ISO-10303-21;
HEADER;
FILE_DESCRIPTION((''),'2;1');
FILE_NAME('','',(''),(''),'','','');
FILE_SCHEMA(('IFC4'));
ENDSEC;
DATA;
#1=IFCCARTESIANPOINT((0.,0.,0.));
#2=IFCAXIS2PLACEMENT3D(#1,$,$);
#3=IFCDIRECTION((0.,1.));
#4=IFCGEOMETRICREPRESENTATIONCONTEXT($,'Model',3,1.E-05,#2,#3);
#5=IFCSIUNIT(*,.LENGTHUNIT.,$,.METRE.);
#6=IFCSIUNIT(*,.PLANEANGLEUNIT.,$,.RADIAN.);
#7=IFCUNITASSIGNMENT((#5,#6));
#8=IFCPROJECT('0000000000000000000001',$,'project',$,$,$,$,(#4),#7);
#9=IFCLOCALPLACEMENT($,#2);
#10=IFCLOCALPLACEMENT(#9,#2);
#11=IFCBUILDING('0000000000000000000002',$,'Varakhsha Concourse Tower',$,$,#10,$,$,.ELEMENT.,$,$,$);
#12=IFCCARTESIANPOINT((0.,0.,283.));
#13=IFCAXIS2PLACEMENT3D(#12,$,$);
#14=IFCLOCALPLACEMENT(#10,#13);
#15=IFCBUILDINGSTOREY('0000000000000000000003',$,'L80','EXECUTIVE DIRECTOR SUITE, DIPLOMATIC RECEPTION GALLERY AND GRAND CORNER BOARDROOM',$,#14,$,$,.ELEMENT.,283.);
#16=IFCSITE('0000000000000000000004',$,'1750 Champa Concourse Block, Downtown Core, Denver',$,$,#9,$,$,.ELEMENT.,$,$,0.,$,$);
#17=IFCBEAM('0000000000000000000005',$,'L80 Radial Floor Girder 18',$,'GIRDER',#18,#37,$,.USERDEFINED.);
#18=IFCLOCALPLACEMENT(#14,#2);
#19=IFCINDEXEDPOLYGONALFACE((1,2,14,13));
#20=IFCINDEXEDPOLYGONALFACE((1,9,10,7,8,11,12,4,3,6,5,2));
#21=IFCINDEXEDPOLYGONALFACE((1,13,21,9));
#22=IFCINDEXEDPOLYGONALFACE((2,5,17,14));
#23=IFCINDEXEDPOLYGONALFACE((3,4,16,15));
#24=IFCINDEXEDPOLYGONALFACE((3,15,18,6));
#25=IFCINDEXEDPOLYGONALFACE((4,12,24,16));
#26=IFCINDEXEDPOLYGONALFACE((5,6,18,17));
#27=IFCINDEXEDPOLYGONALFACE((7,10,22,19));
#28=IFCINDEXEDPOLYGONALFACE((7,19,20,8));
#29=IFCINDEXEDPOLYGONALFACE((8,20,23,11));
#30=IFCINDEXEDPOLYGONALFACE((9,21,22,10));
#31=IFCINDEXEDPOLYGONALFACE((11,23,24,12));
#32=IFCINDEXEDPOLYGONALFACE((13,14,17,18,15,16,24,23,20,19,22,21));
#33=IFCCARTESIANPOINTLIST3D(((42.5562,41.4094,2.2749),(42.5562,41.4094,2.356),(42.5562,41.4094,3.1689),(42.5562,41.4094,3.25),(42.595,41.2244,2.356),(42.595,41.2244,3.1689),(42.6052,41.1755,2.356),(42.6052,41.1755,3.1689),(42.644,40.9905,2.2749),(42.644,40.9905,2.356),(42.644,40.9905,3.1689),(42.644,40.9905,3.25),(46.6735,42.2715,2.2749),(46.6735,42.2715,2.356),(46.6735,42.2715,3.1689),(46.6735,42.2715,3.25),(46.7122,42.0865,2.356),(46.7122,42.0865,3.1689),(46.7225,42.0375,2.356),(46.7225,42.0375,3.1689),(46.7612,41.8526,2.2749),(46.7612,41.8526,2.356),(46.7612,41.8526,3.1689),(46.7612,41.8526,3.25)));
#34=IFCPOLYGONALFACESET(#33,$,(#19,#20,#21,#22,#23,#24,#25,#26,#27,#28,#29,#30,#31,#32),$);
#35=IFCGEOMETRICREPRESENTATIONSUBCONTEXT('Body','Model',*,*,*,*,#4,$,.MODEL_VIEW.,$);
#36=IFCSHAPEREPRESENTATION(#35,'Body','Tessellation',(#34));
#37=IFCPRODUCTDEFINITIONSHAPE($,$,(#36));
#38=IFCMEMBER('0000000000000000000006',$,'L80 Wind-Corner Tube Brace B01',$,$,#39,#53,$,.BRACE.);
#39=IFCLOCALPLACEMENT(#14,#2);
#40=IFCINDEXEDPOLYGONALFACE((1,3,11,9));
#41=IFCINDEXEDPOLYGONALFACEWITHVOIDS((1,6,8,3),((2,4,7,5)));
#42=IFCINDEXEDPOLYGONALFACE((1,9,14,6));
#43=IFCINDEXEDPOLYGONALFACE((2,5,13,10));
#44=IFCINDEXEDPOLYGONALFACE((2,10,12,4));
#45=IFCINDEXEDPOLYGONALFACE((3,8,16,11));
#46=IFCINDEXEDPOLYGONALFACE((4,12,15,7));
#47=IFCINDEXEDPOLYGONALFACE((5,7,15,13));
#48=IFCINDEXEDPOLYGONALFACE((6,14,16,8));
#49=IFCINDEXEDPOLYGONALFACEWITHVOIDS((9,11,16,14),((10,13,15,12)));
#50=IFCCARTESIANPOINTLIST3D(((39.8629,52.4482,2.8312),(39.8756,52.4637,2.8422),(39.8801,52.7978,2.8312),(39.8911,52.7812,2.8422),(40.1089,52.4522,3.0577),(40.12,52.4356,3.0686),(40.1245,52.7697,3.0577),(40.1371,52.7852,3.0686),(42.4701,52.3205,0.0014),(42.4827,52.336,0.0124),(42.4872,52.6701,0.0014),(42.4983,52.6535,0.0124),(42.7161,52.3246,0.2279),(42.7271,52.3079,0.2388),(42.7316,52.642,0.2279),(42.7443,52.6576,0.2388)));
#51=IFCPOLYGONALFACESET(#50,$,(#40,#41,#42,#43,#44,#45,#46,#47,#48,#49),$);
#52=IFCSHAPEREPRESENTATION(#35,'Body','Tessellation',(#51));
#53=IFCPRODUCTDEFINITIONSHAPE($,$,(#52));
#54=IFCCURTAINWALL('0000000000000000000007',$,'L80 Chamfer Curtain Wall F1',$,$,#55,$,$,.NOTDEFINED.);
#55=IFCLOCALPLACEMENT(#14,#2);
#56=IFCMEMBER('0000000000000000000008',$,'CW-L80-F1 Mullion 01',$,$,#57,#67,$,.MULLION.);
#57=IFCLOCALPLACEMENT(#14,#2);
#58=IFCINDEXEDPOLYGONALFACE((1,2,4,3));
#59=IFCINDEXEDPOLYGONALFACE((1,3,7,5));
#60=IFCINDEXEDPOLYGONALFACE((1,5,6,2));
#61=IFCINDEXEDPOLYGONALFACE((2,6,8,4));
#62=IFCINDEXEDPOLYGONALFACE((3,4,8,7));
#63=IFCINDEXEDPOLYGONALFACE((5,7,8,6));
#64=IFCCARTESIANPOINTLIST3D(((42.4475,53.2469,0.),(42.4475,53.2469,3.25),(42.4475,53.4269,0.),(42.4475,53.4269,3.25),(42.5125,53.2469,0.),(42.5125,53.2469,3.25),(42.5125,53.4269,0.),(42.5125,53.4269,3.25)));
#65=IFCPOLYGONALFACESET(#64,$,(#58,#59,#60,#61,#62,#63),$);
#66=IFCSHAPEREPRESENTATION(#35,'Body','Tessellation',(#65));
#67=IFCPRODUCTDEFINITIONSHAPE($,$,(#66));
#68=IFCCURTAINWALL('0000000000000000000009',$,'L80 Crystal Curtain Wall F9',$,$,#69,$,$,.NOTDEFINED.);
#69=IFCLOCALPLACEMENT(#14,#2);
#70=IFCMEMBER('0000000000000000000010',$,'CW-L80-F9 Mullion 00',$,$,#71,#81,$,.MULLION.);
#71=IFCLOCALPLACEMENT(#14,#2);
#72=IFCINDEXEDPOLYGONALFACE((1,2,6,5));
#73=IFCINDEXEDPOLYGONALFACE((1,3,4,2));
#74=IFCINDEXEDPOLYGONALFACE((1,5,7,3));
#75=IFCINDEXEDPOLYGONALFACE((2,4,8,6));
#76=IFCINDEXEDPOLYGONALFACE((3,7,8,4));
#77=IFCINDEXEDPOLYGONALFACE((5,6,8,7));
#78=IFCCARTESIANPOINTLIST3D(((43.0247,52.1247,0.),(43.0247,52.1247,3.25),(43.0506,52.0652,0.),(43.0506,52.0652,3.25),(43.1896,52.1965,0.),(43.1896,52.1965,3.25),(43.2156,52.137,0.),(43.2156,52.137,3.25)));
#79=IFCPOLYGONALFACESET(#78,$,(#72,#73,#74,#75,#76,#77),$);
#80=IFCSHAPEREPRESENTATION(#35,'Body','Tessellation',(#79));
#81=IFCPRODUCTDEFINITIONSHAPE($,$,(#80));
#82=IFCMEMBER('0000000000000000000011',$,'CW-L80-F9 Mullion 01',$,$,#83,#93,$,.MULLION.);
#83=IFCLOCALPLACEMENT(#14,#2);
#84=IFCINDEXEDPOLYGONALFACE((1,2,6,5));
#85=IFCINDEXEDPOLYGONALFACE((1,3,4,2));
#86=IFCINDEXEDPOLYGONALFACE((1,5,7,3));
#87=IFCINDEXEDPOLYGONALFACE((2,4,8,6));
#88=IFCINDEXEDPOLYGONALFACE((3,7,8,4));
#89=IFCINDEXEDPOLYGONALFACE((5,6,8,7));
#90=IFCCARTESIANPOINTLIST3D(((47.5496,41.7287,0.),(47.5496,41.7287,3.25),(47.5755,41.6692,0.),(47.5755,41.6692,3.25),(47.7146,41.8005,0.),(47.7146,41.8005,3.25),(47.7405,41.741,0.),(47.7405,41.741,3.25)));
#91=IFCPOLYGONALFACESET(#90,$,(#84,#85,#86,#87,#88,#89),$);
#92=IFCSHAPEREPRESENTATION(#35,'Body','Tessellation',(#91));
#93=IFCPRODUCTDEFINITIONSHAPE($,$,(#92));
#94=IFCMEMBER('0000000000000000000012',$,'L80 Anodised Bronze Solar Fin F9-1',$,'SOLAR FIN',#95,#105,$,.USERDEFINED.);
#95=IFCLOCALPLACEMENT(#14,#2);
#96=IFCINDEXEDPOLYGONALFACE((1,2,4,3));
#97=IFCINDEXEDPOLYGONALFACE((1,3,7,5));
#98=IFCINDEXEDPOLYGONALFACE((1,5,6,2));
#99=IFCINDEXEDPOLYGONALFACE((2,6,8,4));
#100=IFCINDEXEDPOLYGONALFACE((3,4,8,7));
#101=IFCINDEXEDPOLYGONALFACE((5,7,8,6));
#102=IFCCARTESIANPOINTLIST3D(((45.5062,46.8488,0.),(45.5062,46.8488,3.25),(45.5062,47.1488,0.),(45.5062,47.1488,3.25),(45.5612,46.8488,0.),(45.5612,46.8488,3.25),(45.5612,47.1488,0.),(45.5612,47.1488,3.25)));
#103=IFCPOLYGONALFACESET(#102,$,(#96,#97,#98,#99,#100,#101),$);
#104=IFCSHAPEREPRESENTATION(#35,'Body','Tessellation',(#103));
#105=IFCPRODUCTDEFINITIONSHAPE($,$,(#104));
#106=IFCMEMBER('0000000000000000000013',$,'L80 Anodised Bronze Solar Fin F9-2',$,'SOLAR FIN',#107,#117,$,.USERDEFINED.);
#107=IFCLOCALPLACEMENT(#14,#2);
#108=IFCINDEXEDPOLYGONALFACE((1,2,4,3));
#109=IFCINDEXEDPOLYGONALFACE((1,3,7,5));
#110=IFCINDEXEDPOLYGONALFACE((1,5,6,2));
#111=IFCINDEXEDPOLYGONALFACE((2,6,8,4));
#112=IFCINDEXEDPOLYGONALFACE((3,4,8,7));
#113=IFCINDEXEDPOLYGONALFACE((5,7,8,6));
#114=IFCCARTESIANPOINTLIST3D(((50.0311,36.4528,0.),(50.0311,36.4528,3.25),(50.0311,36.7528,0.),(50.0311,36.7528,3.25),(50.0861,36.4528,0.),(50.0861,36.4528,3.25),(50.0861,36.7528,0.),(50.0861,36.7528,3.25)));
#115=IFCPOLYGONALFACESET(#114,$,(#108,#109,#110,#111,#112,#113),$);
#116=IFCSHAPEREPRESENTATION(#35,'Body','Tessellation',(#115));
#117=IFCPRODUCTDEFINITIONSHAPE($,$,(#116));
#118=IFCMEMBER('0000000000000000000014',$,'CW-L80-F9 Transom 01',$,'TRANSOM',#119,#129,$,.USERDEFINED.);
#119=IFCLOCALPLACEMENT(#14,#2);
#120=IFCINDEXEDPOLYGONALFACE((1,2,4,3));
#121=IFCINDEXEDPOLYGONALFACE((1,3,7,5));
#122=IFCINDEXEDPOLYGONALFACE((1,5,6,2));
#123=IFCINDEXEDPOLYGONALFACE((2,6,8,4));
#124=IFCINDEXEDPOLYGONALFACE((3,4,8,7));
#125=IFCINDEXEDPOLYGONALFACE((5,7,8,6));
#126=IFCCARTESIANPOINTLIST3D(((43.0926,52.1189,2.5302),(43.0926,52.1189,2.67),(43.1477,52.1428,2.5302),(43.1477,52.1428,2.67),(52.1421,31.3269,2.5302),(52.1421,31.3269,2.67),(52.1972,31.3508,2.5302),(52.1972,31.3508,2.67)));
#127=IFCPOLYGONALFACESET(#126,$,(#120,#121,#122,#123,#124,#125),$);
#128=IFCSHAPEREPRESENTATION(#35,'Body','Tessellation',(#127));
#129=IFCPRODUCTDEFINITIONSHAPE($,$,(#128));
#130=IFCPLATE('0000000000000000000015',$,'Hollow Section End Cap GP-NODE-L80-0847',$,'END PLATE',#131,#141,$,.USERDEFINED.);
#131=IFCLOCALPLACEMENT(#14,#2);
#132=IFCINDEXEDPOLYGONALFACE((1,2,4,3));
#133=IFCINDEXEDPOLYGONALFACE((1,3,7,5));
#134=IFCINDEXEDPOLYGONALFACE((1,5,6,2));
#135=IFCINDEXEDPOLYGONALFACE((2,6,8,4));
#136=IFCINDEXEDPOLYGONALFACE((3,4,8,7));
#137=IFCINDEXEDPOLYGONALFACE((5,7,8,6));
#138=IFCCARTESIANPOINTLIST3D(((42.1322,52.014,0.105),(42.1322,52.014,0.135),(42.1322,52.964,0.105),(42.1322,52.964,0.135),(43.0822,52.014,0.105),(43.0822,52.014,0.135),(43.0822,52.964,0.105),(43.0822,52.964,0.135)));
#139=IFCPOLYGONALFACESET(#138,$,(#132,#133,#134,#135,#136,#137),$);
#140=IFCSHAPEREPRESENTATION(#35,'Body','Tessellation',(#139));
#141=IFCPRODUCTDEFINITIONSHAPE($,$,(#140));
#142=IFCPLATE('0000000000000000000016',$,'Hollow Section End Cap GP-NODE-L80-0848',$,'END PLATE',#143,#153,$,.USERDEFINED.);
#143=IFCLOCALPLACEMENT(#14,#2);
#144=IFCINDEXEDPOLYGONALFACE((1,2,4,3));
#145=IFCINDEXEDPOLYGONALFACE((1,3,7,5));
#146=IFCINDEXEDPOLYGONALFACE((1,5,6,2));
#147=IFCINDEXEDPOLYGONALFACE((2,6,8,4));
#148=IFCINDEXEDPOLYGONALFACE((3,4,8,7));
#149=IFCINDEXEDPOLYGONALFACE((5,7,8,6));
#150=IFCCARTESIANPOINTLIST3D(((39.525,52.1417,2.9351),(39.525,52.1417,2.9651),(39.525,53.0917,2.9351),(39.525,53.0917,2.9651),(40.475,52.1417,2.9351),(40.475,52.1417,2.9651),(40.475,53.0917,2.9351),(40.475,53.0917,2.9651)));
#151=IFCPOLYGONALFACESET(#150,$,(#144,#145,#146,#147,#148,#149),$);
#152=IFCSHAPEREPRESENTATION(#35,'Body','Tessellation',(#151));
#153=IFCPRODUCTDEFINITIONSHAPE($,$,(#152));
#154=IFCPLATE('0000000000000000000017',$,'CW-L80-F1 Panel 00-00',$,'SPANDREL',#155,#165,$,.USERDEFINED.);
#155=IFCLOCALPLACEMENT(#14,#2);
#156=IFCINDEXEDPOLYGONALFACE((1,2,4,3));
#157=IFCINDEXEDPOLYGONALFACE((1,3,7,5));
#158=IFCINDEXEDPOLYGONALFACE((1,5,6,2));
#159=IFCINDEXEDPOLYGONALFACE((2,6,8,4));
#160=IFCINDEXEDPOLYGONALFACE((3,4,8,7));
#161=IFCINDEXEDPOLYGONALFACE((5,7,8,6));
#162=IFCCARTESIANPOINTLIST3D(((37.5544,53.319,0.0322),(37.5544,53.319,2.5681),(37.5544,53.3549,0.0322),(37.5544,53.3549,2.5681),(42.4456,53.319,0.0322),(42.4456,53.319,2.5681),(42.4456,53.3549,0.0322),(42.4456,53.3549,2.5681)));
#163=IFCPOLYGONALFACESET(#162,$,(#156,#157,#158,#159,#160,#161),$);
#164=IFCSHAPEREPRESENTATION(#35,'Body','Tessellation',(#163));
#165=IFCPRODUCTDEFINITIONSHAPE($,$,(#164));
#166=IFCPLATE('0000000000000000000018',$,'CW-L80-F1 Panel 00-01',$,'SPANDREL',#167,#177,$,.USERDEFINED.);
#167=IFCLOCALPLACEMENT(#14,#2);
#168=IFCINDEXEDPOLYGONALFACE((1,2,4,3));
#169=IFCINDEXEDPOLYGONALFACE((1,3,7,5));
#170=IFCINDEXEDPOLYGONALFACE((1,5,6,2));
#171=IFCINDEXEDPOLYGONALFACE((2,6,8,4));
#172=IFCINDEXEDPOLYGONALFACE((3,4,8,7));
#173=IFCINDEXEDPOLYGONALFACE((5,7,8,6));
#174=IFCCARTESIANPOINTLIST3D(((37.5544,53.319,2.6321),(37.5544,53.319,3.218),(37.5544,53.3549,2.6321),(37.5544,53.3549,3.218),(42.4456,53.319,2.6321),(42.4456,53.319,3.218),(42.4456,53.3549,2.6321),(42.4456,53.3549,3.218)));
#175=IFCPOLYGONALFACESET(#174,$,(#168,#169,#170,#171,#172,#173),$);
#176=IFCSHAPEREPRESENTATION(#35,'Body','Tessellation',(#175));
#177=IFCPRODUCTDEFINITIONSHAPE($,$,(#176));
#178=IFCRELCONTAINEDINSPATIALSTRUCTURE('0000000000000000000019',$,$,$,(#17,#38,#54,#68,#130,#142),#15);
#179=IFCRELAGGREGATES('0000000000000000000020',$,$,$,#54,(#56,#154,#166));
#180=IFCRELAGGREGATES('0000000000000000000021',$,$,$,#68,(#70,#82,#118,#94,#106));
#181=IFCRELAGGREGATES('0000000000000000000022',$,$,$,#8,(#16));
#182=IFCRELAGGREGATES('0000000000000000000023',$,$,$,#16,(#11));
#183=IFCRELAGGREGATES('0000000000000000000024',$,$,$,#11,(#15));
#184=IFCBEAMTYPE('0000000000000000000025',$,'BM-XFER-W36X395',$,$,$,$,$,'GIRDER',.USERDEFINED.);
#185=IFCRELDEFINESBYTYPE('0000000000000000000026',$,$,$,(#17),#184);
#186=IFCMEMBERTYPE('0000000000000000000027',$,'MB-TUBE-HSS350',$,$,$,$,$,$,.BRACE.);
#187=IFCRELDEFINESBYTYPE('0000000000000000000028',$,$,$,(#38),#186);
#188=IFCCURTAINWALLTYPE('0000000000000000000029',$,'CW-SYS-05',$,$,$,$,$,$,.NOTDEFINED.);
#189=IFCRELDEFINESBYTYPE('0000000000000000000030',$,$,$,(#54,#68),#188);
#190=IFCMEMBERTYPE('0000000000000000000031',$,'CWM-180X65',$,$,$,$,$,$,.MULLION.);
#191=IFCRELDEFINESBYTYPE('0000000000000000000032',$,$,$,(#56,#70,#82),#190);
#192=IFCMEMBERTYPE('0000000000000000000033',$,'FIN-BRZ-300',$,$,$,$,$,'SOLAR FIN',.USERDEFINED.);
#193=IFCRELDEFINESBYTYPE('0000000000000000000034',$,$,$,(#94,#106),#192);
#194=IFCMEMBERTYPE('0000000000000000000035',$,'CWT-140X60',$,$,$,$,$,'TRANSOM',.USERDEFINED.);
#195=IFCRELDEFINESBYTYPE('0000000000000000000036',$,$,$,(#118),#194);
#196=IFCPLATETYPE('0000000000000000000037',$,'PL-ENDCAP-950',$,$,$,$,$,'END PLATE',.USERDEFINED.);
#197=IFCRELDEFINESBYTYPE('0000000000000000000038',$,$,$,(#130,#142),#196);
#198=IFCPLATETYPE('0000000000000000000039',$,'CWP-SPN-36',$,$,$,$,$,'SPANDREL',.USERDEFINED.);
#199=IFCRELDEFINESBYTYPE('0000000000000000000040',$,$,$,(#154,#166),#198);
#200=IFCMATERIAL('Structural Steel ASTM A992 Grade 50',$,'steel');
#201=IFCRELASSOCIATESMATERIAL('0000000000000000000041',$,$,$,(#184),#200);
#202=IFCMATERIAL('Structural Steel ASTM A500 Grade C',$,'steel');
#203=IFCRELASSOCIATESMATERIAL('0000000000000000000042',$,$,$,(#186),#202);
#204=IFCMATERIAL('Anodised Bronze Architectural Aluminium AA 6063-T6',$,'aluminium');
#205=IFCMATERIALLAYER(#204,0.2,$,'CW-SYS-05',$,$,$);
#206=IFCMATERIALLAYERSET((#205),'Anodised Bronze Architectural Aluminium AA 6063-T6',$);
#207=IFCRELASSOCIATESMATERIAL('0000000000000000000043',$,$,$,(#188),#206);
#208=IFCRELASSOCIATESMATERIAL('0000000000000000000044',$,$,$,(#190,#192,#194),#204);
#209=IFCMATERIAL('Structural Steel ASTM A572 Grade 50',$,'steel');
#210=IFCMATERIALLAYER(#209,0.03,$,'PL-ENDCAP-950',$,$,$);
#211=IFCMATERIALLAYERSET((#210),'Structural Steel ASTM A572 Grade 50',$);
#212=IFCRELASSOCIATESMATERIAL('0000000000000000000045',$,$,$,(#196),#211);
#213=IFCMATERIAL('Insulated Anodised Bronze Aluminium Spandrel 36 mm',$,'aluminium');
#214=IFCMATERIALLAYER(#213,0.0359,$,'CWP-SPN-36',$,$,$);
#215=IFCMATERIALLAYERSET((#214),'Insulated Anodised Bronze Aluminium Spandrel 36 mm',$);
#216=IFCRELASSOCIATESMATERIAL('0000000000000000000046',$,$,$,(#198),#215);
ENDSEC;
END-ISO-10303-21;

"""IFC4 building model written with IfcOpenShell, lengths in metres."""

from ifc_helpers import new_model, si_unit, direction, frame, origin, origin_2d, place, context, subcontext, project, spatial, rectangle, hollow_rectangle, i_section, extrude, source, transform, mapped, material, layer, layer_set, material_profile, profile_set, type_object, type_shapes, element, aggregate, save


model = new_model("IFC4")

# Units and contexts
model_context = context("Model", 3, precision=1e-05, world=origin(), true_north=direction((0.0, 1.0)))
body_context = subcontext(model_context, "Body", "Model", "MODEL_VIEW")
ifc_project = project(units=[si_unit("LENGTHUNIT", "METRE"), si_unit("PLANEANGLEUNIT", "RADIAN")], contexts=[model_context])

# Site, building, storey
site_placement = place(None, origin())
site = spatial("IfcSite", under=ifc_project, at=site_placement, Name="1750 Champa Concourse Block, Downtown Core, Denver", CompositionType="ELEMENT", RefElevation=0.0)
building_placement = place(site_placement, origin())
building = spatial("IfcBuilding", under=site, at=building_placement, Name="Varakhsha Concourse Tower", CompositionType="ELEMENT")
storey_placement = place(building_placement, frame((0.0, 0.0, 283.0)))
storey = spatial("IfcBuildingStorey", under=building, at=storey_placement, Name="L80", Description="EXECUTIVE DIRECTOR SUITE, DIPLOMATIC RECEPTION GALLERY AND GRAND CORNER BOARDROOM", CompositionType="ELEMENT", Elevation=283.0)

# Shared definitions
ifc_material_1 = material(Name="Structural Steel ASTM A992 Grade 50", Category="steel")
ifc_material_2 = material(Name="Structural Steel ASTM A572 Grade 50", Category="steel")

# Beam
ifc_material_profile_1 = material_profile(ifc_material_1, i_section(OverallWidth=0.428, OverallDepth=0.9751, WebThickness=0.05, FlangeThickness=0.0811, at=origin_2d()), Name="W36X395")
ifc_profile_set_1 = profile_set([ifc_material_profile_1], Name="Structural Steel ASTM A992 Grade 50")
beam_type_1 = type_object("IfcBeamType", Name="BM-XFER-W36X395", ElementType="GIRDER", PredefinedType="USERDEFINED", material=ifc_profile_set_1)
beam_1_placement = place(storey_placement, frame((42.6001, 41.2, 2.7625), z_axis=(0.978775, 0.204937, 0.0), x_axis=(-0.204937, 0.978775, 0.0)))
element("IfcBeam", 1, at=beam_1_placement, inside=storey, type_object=beam_type_1, Name="L80 Radial Floor Girder 18", ObjectType="GIRDER", PredefinedType="USERDEFINED", context=body_context, shape_type="SweptSolid", body=[
    extrude(i_section(OverallWidth=0.428, OverallDepth=0.9751, WebThickness=0.05, FlangeThickness=0.0811, at=origin_2d()), origin(), (0.0, 0.0, 1.0), 4.2065),
])

# Member
ifc_material_3 = material(Name="Structural Steel ASTM A500 Grade C", Category="steel")
ifc_material_profile_2 = material_profile(ifc_material_3, hollow_rectangle(XDim=0.3501, YDim=0.3501, WallThickness=0.0161, at=origin_2d()), Name="HSS 350x350x16")
ifc_profile_set_2 = profile_set([ifc_material_profile_2], Name="Structural Steel ASTM A500 Grade C")
member_type_1 = type_object("IfcMemberType", Name="MB-TUBE-HSS350", PredefinedType="BRACE", material=ifc_profile_set_2)
shared_shape_1 = source(origin(), body_context, "Body", "SweptSolid", [
    extrude(hollow_rectangle(XDim=0.3501, YDim=0.3501, WallThickness=0.0161, at=origin_2d()), origin(), (0.0, 0.0, 1.0), 3.8499),
])
type_shapes(member_type_1, [shared_shape_1])
member_1_placement = place(storey_placement, frame((42.6072, 52.489, 0.1201), z_axis=(-0.677209, 0.033166, 0.735043), x_axis=(-0.048916, -0.998803, 0.0)))
element("IfcMember", 2, at=member_1_placement, inside=storey, type_object=member_type_1, Name="L80 Wind-Corner Tube Brace B01", PredefinedType="BRACE", context=body_context, shape_type="MappedRepresentation", body=[
    mapped(shared_shape_1, transform((0.0, 0.0, 0.0), scale=1.0)),
])

# Curtain wall, member
ifc_material_4 = material(Name="Anodised Bronze Architectural Aluminium AA 6063-T6", Category="aluminium")
ifc_layer_1 = layer(ifc_material_4, 0.2, Name="CW-SYS-05")
ifc_layer_set_1 = layer_set([ifc_layer_1], Name="Anodised Bronze Architectural Aluminium AA 6063-T6")
curtain_wall_type = type_object("IfcCurtainWallType", Name="CW-SYS-05", PredefinedType="NOTDEFINED", material=ifc_layer_set_1)
curtain_wall_1_placement = place(storey_placement, origin())
curtain_wall_1 = element("IfcCurtainWall", 3, at=curtain_wall_1_placement, inside=storey, type_object=curtain_wall_type, Name="L80 Chamfer Curtain Wall F1", PredefinedType="NOTDEFINED")
ifc_material_profile_3 = material_profile(ifc_material_4, rectangle(XDim=0.0649, YDim=0.1799, at=origin_2d()), Name="CWM-180X65")
ifc_profile_set_3 = profile_set([ifc_material_profile_3], Name="Anodised Bronze Architectural Aluminium AA 6063-T6")
member_type_2 = type_object("IfcMemberType", Name="CWM-180X65", PredefinedType="MULLION", material=ifc_profile_set_3)
shared_shape_2 = source(origin(), body_context, "Body", "SweptSolid", [
    extrude(rectangle(XDim=0.0649, YDim=0.1799, at=origin_2d()), origin(), (0.0, 0.0, 1.0), 3.25),
])
type_shapes(member_type_2, [shared_shape_2])
member_2_placement = place(storey_placement, frame((42.48, 53.3369, 0.0), z_axis=(0.0, 0.0, 1.0), x_axis=(1.0, 0.0, 0.0)))
member_2 = element("IfcMember", 4, at=member_2_placement, type_object=member_type_2, Name="CW-L80-F1 Mullion 01", PredefinedType="MULLION", context=body_context, shape_type="MappedRepresentation", body=[
    mapped(shared_shape_2, transform((0.0, 0.0, 0.0), scale=1.0)),
])

# Curtain wall, members
curtain_wall_2_placement = place(storey_placement, origin())
curtain_wall_2 = element("IfcCurtainWall", 5, at=curtain_wall_2_placement, inside=storey, type_object=curtain_wall_type, Name="L80 Crystal Curtain Wall F9", PredefinedType="NOTDEFINED")
member_3_placement = place(storey_placement, frame((43.1201, 52.1309, 0.0), z_axis=(0.0, 0.0, 1.0), x_axis=(0.399084, -0.916915, 0.0)))
member_3 = element("IfcMember", 6, at=member_3_placement, type_object=member_type_2, Name="CW-L80-F9 Mullion 00", PredefinedType="MULLION", context=body_context, shape_type="MappedRepresentation", body=[
    mapped(shared_shape_2, transform((0.0, 0.0, 0.0), scale=1.0)),
])
member_4_placement = place(storey_placement, frame((47.645, 41.7349, 0.0), z_axis=(0.0, 0.0, 1.0), x_axis=(0.399084, -0.916915, 0.0)))
member_4 = element("IfcMember", 7, at=member_4_placement, type_object=member_type_2, Name="CW-L80-F9 Mullion 01", PredefinedType="MULLION", context=body_context, shape_type="MappedRepresentation", body=[
    mapped(shared_shape_2, transform((0.0, 0.0, 0.0), scale=1.0)),
])
ifc_material_profile_4 = material_profile(ifc_material_4, rectangle(XDim=0.0549, YDim=0.3, at=origin_2d()), Name="FIN-BRZ-300")
ifc_profile_set_4 = profile_set([ifc_material_profile_4], Name="Anodised Bronze Architectural Aluminium AA 6063-T6")
member_type_3 = type_object("IfcMemberType", Name="FIN-BRZ-300", ElementType="SOLAR FIN", PredefinedType="USERDEFINED", material=ifc_profile_set_4)
shared_shape_3 = source(origin(), body_context, "Body", "SweptSolid", [
    extrude(rectangle(XDim=0.0549, YDim=0.3, at=origin_2d()), origin(), (0.0, 0.0, 1.0), 3.25),
])
type_shapes(member_type_3, [shared_shape_3])
member_5_placement = place(storey_placement, frame((45.5337, 46.9988, 0.0), z_axis=(0.0, 0.0, 1.0), x_axis=(1.0, 0.0, 0.0)))
member_5 = element("IfcMember", 8, at=member_5_placement, type_object=member_type_3, Name="L80 Anodised Bronze Solar Fin F9-1", ObjectType="SOLAR FIN", PredefinedType="USERDEFINED", context=body_context, shape_type="MappedRepresentation", body=[
    mapped(shared_shape_3, transform((0.0, 0.0, 0.0), scale=1.0)),
])
member_6_placement = place(storey_placement, frame((50.0586, 36.6028, 0.0), z_axis=(0.0, 0.0, 1.0), x_axis=(1.0, 0.0, 0.0)))
member_6 = element("IfcMember", 9, at=member_6_placement, type_object=member_type_3, Name="L80 Anodised Bronze Solar Fin F9-2", ObjectType="SOLAR FIN", PredefinedType="USERDEFINED", context=body_context, shape_type="MappedRepresentation", body=[
    mapped(shared_shape_3, transform((0.0, 0.0, 0.0), scale=1.0)),
])
ifc_material_profile_5 = material_profile(ifc_material_4, rectangle(XDim=0.0601, YDim=0.1399, at=origin_2d()), Name="CWT-140X60")
ifc_profile_set_5 = profile_set([ifc_material_profile_5], Name="Anodised Bronze Architectural Aluminium AA 6063-T6")
member_type_4 = type_object("IfcMemberType", Name="CWT-140X60", ElementType="TRANSOM", PredefinedType="USERDEFINED", material=ifc_profile_set_5)
shared_shape_4 = source(origin(), body_context, "Body", "SweptSolid", [
    extrude(rectangle(XDim=0.0601, YDim=0.1399, at=origin_2d()), origin(), (0.0, 0.0, 1.0), 22.676),
])
type_shapes(member_type_4, [shared_shape_4])
member_7_placement = place(storey_placement, frame((43.1201, 52.1309, 2.6001), z_axis=(0.399081, -0.916916, 0.0), x_axis=(0.916916, 0.399081, 0.0)))
member_7 = element("IfcMember", 10, at=member_7_placement, type_object=member_type_4, Name="CW-L80-F9 Transom 01", ObjectType="TRANSOM", PredefinedType="USERDEFINED", context=body_context, shape_type="MappedRepresentation", body=[
    mapped(shared_shape_4, transform((0.0, 0.0, 0.0), scale=1.0)),
])

# Plates
ifc_layer_2 = layer(ifc_material_2, 0.03, Name="PL-ENDCAP-950")
ifc_layer_set_2 = layer_set([ifc_layer_2], Name="Structural Steel ASTM A572 Grade 50")
plate_type_1 = type_object("IfcPlateType", Name="PL-ENDCAP-950", ElementType="END PLATE", PredefinedType="USERDEFINED", material=ifc_layer_set_2)
shared_shape_5 = source(origin(), body_context, "Body", "SweptSolid", [
    extrude(rectangle(XDim=0.95, YDim=0.95, at=origin_2d()), origin(), (0.0, 0.0, 1.0), 0.03),
])
type_shapes(plate_type_1, [shared_shape_5])
for number, where, z_axis, x_axis, name in (
    (11, (42.6072, 52.489, 0.105), (0.0, 0.0, 1.0), (1.0, 0.0, 0.0), "Hollow Section End Cap GP-NODE-L80-0847"),
    (12, (40.0, 52.6167, 2.9351), (0.0, 0.0, 1.0), (1.0, 0.0, 0.0), "Hollow Section End Cap GP-NODE-L80-0848"),
):
    element("IfcPlate", number, at=place(storey_placement, frame(where, z_axis=z_axis, x_axis=x_axis)), inside=storey, type_object=plate_type_1, Name=name, ObjectType="END PLATE", PredefinedType="USERDEFINED", context=body_context, shape_type="MappedRepresentation", body=[
        mapped(shared_shape_5, transform((0.0, 0.0, 0.0), scale=1.0)),
    ])

# Plates
ifc_material_5 = material(Name="Insulated Anodised Bronze Aluminium Spandrel 36 mm", Category="aluminium")
ifc_layer_3 = layer(ifc_material_5, 0.0359, Name="CWP-SPN-36")
ifc_layer_set_3 = layer_set([ifc_layer_3], Name="Insulated Anodised Bronze Aluminium Spandrel 36 mm")
plate_type_2 = type_object("IfcPlateType", Name="CWP-SPN-36", ElementType="SPANDREL", PredefinedType="USERDEFINED", material=ifc_layer_set_3)
shared_shape_6 = source(origin(), body_context, "Body", "SweptSolid", [
    extrude(rectangle(XDim=4.8911, YDim=0.0359, at=origin_2d()), origin(), (0.0, 0.0, 1.0), 2.5359),
])
plate_1_placement = place(storey_placement, frame((40.0, 53.3369, 0.0322), z_axis=(0.0, 0.0, 1.0), x_axis=(1.0, 0.0, 0.0)))
plate_1 = element("IfcPlate", 13, at=plate_1_placement, type_object=plate_type_2, Name="CW-L80-F1 Panel 00-00", ObjectType="SPANDREL", PredefinedType="USERDEFINED", context=body_context, shape_type="MappedRepresentation", body=[
    mapped(shared_shape_6, transform((0.0, 0.0, 0.0), scale=1.0)),
])
shared_shape_7 = source(origin(), body_context, "Body", "SweptSolid", [
    extrude(rectangle(XDim=4.8911, YDim=0.0359, at=origin_2d()), origin(), (0.0, 0.0, 1.0), 0.5859),
])
plate_2_placement = place(storey_placement, frame((40.0, 53.3369, 2.6321), z_axis=(0.0, 0.0, 1.0), x_axis=(1.0, 0.0, 0.0)))
plate_2 = element("IfcPlate", 14, at=plate_2_placement, type_object=plate_type_2, Name="CW-L80-F1 Panel 00-01", ObjectType="SPANDREL", PredefinedType="USERDEFINED", context=body_context, shape_type="MappedRepresentation", body=[
    mapped(shared_shape_7, transform((0.0, 0.0, 0.0), scale=1.0)),
])
aggregate(curtain_wall_1, [member_2, plate_1, plate_2])
aggregate(curtain_wall_2, [member_3, member_4, member_7, member_5, member_6])

save(model, "model.ifc")
